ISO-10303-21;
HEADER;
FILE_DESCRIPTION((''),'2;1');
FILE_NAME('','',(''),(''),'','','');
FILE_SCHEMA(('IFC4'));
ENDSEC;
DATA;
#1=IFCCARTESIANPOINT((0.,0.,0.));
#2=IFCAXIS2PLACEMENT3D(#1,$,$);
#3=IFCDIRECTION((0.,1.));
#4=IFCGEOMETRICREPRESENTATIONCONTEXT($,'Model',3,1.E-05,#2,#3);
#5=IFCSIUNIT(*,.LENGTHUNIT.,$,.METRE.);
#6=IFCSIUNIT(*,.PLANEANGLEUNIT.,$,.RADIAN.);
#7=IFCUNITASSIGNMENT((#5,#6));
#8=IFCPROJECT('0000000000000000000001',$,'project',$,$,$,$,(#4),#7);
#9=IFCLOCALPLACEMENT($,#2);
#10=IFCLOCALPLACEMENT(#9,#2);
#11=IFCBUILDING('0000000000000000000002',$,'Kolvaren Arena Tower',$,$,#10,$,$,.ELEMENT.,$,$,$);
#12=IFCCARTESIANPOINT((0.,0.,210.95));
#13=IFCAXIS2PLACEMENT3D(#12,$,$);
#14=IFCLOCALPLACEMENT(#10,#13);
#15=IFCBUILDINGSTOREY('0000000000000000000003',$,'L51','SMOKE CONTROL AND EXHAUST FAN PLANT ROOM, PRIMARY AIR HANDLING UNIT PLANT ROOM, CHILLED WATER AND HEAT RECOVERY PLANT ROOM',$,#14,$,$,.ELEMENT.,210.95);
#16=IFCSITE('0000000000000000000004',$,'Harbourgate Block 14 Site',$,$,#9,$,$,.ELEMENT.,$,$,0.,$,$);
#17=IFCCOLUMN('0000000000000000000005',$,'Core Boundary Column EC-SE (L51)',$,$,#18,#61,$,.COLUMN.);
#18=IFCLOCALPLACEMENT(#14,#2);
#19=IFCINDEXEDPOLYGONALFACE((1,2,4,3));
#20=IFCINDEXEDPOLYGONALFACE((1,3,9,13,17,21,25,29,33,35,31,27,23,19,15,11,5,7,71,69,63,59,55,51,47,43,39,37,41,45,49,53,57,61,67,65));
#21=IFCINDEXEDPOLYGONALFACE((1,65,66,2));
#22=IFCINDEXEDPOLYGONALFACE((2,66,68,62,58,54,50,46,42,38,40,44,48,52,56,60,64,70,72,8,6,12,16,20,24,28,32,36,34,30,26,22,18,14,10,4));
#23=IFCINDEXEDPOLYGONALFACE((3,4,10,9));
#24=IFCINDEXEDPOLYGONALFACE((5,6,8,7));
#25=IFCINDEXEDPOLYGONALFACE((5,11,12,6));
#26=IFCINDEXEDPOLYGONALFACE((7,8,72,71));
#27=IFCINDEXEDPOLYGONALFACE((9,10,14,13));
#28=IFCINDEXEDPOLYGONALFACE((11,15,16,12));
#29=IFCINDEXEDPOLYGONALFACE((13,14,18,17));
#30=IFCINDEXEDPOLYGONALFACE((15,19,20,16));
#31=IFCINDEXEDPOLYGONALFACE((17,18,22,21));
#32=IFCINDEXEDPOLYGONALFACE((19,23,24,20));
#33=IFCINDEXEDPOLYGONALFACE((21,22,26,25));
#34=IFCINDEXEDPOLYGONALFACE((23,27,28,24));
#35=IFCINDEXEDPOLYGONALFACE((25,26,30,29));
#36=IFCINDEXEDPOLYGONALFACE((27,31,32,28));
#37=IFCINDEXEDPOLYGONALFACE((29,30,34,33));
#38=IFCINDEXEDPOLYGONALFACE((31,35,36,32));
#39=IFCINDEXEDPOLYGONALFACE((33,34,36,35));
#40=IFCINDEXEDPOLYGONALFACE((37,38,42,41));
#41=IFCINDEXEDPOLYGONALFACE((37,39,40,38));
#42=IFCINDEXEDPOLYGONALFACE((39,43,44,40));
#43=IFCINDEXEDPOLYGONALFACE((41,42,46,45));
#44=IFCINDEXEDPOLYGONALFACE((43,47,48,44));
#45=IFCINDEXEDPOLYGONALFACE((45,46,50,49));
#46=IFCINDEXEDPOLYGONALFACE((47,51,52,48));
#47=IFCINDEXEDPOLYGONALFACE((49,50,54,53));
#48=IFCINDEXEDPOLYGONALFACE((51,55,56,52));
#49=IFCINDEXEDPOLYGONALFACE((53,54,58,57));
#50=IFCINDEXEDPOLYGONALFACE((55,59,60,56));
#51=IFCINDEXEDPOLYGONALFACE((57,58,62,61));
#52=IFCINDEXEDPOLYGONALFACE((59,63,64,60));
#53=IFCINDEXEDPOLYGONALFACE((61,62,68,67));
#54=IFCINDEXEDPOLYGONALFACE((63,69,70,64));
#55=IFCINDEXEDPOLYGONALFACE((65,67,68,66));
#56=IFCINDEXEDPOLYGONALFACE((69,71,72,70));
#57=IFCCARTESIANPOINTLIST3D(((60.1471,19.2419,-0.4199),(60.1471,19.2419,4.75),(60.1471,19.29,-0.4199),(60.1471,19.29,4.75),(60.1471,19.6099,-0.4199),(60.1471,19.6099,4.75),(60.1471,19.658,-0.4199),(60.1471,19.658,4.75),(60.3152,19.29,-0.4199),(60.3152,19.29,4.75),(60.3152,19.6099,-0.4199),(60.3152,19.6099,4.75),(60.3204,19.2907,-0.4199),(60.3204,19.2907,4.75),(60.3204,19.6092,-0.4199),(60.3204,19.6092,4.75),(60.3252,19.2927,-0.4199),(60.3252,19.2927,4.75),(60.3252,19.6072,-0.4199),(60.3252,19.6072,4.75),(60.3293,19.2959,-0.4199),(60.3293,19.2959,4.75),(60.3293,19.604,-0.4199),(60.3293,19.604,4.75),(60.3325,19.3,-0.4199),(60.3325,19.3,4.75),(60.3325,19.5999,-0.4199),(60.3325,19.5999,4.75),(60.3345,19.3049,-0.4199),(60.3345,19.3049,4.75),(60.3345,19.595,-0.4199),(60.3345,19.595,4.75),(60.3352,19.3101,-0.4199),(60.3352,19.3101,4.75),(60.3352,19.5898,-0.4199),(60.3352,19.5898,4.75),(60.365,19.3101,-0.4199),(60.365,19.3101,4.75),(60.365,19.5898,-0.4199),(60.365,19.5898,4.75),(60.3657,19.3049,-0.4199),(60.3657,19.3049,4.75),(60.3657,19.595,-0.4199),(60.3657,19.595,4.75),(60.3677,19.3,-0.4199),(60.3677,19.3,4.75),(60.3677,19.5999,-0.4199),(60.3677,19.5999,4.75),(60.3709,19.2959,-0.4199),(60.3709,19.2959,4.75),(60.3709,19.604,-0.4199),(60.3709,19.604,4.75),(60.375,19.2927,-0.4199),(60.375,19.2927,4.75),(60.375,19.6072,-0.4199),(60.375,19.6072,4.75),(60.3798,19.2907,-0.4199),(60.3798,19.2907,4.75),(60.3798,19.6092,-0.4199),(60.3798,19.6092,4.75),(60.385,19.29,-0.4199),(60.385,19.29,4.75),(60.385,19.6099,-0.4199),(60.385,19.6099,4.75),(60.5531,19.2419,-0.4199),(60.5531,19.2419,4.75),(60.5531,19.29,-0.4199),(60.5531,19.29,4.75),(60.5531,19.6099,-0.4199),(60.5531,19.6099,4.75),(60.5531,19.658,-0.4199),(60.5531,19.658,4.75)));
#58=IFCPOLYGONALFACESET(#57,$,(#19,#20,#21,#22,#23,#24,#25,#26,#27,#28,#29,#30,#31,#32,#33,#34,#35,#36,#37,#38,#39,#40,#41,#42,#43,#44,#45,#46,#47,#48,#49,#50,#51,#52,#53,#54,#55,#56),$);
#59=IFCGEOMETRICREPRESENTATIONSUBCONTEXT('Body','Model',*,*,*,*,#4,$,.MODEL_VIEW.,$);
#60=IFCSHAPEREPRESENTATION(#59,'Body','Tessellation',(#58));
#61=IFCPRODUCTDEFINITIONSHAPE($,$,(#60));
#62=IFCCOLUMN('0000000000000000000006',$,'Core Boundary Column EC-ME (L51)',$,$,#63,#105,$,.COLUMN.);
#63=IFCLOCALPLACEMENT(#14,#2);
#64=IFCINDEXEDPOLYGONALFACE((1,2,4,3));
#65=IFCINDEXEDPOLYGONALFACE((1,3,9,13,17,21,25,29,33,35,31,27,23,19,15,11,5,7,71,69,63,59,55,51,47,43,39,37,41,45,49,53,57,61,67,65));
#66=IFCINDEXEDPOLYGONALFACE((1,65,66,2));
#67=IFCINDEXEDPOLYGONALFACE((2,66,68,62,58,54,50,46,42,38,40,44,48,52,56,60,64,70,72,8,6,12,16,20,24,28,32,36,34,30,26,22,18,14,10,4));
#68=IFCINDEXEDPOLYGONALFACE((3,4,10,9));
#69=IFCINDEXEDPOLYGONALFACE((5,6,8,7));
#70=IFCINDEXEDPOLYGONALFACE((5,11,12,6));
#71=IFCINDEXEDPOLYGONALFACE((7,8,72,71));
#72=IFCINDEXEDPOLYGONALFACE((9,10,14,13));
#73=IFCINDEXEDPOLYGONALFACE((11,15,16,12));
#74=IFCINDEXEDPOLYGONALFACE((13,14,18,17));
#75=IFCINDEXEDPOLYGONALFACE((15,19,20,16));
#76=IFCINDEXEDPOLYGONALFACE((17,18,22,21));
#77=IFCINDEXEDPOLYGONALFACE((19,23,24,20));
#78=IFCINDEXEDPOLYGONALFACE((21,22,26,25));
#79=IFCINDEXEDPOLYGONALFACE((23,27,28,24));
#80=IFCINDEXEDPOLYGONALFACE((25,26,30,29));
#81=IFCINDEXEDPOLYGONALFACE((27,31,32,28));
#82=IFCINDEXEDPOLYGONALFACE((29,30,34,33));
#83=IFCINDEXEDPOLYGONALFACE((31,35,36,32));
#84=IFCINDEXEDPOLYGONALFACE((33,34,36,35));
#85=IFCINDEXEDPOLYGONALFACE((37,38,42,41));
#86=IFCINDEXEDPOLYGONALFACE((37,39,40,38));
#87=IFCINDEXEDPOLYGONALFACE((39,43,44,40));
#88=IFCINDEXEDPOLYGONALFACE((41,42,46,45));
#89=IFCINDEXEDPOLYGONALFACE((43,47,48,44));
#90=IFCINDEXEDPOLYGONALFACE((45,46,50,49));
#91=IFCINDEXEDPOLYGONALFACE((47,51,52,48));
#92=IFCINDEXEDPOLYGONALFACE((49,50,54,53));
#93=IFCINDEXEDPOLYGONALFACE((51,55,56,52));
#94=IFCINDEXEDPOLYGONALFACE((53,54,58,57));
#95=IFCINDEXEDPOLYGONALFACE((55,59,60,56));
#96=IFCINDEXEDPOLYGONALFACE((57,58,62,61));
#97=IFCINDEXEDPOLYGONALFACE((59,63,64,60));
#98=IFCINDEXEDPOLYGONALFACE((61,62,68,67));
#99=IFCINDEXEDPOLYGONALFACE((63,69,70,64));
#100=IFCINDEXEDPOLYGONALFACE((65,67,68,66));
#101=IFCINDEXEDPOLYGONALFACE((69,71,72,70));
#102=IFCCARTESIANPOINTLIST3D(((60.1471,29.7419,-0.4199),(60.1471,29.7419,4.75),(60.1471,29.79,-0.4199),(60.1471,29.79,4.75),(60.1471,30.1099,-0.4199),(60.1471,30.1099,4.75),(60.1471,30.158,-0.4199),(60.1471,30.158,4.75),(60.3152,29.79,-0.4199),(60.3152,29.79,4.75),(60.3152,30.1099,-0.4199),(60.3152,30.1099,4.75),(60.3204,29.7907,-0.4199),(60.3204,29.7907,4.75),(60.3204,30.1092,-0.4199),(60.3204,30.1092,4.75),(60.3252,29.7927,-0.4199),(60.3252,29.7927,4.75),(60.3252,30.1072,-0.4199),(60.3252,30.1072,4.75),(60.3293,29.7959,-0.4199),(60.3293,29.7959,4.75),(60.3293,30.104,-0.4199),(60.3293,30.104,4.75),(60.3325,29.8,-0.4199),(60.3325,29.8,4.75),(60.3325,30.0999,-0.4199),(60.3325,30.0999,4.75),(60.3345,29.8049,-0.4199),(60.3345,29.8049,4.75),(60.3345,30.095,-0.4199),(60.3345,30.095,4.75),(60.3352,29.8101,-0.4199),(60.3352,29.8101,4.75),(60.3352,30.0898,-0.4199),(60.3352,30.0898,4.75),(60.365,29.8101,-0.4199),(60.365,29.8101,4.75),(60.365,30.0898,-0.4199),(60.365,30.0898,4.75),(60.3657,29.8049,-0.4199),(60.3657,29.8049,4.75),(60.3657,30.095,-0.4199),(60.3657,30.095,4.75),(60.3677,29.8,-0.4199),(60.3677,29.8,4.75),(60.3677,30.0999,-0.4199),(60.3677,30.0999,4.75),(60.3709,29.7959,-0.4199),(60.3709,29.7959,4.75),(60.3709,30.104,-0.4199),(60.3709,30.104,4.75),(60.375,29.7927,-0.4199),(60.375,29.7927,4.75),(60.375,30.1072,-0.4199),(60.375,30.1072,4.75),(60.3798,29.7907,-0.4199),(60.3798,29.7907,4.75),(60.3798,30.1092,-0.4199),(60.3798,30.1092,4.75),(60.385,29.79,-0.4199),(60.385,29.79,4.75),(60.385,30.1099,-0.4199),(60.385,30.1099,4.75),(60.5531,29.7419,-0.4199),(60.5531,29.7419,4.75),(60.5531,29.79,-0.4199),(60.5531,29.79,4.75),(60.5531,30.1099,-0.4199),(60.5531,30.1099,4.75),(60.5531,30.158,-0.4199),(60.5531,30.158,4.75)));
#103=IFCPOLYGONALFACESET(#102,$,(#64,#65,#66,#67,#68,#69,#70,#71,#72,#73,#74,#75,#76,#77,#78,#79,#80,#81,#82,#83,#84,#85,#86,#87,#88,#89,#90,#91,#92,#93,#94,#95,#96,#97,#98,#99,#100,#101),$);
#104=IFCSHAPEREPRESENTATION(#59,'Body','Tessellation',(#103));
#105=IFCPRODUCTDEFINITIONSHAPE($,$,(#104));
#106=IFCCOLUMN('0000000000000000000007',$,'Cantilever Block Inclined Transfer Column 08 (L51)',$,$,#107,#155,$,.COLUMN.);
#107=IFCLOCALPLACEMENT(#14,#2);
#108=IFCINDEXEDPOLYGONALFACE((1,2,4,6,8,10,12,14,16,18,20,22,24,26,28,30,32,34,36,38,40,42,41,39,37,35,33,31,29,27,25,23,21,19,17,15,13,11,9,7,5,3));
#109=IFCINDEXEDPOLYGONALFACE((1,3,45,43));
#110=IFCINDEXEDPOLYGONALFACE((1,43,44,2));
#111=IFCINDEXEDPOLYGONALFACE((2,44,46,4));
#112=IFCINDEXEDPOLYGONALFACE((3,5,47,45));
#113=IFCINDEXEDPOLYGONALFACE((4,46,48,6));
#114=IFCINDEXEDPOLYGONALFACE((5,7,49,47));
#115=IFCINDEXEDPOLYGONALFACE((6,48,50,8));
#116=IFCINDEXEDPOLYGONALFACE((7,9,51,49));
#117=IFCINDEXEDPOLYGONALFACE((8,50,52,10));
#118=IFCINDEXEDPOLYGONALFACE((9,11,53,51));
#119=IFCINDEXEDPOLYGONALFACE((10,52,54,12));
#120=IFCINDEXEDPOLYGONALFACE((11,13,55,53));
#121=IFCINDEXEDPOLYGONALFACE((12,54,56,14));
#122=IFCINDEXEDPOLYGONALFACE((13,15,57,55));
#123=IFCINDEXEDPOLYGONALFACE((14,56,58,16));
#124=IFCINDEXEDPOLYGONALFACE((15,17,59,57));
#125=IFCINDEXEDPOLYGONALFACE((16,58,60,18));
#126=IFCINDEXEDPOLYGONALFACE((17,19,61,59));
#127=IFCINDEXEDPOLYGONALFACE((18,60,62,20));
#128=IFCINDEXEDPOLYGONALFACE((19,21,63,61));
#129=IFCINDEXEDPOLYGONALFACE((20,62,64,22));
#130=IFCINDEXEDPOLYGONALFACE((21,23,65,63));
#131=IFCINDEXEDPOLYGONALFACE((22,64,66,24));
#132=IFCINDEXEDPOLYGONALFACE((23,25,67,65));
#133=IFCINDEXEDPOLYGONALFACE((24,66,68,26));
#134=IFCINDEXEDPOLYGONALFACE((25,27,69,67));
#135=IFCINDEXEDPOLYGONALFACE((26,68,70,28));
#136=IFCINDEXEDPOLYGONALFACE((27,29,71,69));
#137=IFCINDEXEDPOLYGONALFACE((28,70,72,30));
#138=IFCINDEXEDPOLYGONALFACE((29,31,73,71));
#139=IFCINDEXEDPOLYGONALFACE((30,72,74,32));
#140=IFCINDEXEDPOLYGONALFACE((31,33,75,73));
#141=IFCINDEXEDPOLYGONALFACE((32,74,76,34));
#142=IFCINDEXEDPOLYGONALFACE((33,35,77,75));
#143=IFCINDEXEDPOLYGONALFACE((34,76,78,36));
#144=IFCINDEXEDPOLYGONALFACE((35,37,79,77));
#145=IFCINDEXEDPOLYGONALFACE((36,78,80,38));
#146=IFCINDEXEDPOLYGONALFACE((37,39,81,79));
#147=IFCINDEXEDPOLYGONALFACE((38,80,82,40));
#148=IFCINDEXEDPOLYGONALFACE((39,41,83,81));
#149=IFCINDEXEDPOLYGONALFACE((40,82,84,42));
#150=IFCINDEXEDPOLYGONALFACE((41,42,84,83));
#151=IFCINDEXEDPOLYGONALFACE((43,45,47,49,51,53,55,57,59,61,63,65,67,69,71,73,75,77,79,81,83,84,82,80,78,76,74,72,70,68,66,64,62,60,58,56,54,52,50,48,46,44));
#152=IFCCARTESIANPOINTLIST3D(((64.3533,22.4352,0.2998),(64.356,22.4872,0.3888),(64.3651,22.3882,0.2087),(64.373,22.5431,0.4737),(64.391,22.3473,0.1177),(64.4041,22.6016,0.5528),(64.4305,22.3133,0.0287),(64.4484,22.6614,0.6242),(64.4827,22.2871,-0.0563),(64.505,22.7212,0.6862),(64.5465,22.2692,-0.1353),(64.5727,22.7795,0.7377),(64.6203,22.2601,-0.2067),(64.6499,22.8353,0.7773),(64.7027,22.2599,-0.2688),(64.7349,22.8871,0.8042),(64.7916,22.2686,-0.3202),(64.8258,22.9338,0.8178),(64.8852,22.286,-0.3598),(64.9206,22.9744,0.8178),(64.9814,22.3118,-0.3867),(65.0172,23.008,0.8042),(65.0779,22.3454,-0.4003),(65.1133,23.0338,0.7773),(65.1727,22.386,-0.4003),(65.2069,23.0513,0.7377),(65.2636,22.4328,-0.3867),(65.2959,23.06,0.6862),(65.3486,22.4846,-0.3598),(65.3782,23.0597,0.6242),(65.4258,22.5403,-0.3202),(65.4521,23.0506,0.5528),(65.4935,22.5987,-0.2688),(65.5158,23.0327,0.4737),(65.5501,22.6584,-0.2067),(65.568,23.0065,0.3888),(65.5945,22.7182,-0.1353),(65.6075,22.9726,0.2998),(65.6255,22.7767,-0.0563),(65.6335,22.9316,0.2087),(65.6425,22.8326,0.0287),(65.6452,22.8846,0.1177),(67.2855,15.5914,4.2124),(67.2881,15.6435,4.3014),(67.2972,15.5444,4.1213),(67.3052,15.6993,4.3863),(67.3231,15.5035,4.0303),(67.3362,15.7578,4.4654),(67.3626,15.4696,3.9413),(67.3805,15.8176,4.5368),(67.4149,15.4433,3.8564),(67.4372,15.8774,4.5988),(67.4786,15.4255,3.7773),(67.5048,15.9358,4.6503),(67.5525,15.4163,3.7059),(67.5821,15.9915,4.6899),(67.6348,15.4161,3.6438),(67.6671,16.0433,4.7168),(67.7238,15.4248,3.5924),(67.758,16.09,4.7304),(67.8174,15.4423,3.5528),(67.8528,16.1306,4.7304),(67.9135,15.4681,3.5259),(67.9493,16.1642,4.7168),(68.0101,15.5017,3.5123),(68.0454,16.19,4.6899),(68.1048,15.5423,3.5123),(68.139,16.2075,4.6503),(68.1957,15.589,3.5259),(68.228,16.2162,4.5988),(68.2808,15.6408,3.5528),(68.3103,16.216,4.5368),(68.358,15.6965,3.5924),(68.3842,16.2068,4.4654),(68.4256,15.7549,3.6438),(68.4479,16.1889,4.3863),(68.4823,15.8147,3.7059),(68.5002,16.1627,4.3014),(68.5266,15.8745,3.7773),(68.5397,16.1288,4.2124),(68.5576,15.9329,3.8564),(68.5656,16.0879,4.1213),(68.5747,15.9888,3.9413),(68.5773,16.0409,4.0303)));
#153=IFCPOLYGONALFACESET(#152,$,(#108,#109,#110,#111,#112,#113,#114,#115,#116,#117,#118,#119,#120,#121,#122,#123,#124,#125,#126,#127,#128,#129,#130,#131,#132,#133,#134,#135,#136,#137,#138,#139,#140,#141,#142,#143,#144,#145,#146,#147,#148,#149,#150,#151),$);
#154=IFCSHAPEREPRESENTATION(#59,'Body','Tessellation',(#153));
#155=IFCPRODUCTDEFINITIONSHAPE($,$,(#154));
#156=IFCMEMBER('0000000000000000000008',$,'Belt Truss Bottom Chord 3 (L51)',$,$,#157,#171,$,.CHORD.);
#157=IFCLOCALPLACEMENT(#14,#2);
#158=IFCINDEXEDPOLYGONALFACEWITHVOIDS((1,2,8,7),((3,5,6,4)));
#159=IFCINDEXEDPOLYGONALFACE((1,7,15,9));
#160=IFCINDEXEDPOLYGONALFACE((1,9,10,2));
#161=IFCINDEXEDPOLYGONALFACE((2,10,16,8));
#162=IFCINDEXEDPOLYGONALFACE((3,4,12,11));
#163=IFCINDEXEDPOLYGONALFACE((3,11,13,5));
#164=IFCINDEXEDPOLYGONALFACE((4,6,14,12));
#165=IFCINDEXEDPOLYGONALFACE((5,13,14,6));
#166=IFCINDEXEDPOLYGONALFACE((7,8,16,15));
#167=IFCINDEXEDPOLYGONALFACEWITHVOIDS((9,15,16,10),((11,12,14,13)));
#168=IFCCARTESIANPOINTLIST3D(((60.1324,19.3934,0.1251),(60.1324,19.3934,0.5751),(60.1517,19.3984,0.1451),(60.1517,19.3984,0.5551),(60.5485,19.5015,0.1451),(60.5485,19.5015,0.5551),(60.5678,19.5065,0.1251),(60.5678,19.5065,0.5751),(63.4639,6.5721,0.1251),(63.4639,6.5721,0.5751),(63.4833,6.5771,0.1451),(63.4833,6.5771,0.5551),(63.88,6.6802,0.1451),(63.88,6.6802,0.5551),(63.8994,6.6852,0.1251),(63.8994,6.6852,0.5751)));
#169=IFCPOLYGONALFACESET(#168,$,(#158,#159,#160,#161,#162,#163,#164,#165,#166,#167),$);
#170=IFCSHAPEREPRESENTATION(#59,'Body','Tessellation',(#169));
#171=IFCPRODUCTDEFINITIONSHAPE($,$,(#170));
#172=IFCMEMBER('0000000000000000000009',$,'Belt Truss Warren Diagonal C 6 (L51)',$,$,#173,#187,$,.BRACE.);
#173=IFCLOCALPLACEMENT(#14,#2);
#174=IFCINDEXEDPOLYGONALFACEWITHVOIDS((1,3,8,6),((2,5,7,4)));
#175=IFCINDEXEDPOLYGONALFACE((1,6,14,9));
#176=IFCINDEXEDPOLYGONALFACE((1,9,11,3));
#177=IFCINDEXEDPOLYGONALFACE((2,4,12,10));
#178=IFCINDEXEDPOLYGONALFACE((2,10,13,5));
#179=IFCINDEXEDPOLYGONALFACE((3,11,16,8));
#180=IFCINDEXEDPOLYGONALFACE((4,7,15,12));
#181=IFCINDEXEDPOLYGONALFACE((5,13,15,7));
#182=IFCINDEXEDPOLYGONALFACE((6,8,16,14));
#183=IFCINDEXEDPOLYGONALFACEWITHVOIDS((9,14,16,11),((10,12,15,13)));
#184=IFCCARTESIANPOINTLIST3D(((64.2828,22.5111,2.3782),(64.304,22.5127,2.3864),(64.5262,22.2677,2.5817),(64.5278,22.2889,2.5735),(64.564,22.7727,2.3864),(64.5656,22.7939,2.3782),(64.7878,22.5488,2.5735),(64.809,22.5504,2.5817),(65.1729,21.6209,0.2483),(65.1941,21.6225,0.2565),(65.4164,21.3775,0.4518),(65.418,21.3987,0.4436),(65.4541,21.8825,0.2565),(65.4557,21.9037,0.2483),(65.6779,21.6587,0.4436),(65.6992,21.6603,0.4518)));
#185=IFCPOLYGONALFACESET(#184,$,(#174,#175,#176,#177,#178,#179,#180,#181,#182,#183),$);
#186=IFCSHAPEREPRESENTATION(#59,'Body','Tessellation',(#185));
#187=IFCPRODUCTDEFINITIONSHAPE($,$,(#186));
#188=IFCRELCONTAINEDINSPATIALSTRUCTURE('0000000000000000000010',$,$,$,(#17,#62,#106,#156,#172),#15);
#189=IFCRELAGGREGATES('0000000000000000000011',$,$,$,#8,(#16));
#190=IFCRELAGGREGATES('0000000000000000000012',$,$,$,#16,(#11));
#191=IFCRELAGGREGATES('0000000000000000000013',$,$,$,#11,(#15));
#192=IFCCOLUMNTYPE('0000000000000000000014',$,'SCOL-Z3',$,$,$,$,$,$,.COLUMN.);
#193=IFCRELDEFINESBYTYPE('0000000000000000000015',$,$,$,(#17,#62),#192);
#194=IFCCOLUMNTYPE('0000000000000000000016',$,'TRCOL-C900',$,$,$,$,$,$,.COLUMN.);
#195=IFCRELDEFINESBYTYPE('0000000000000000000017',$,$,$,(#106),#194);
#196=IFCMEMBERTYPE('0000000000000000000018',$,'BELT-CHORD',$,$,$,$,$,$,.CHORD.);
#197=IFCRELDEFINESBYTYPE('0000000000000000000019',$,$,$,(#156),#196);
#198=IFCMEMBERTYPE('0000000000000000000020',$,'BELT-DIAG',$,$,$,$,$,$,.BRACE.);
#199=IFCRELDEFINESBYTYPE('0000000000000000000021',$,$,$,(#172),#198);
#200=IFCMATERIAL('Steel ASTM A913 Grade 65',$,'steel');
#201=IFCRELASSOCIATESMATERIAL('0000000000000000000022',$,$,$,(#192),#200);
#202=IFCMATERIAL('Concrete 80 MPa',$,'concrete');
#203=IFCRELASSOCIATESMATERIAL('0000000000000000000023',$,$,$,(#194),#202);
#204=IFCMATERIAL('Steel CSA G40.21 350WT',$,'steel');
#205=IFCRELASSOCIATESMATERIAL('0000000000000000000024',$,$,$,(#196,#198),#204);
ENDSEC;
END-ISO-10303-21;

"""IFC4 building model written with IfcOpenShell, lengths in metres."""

from ifc_helpers import new_model, si_unit, direction, frame, origin, origin_2d, place, context, subcontext, project, spatial, hollow_rectangle, circle, i_section, extrude, material, material_profile, profile_set, type_object, element, save


model = new_model("IFC4")

# Units and contexts
model_context = context("Model", 3, precision=1e-05, world=origin(), true_north=direction((0.0, 1.0)))
body_context = subcontext(model_context, "Body", "Model", "MODEL_VIEW")
ifc_project = project(units=[si_unit("LENGTHUNIT", "METRE"), si_unit("PLANEANGLEUNIT", "RADIAN")], contexts=[model_context])

# Site, building, storey
site_placement = place(None, origin())
site = spatial("IfcSite", under=ifc_project, at=site_placement, Name="Harbourgate Block 14 Site", CompositionType="ELEMENT", RefElevation=0.0)
building_placement = place(site_placement, origin())
building = spatial("IfcBuilding", under=site, at=building_placement, Name="Kolvaren Arena Tower", CompositionType="ELEMENT")
storey_placement = place(building_placement, frame((0.0, 0.0, 210.95)))
storey = spatial("IfcBuildingStorey", under=building, at=storey_placement, Name="L51", Description="SMOKE CONTROL AND EXHAUST FAN PLANT ROOM, PRIMARY AIR HANDLING UNIT PLANT ROOM, CHILLED WATER AND HEAT RECOVERY PLANT ROOM", CompositionType="ELEMENT", Elevation=210.95)

# Columns
ifc_material_1 = material(Name="Steel ASTM A913 Grade 65", Category="steel")
ifc_material_profile_1 = material_profile(ifc_material_1, i_section(OverallWidth=0.406, OverallDepth=0.416, WebThickness=0.0298, FlangeThickness=0.0481, FilletRadius=0.02, at=origin_2d()), Name="W360x382")
ifc_profile_set_1 = profile_set([ifc_material_profile_1], Name="Steel ASTM A913 Grade 65")
column_type_1 = type_object("IfcColumnType", Name="SCOL-Z3", PredefinedType="COLUMN", material=ifc_profile_set_1)
for number, where, z_axis, x_axis, name in (
    (1, (60.3501, 19.45, -0.4199), (0.0, 0.0, 1.0), (1.0, 0.0, 0.0), "Core Boundary Column EC-SE (L51)"),
    (2, (60.3501, 29.95, -0.4199), (0.0, 0.0, 1.0), (1.0, 0.0, 0.0), "Core Boundary Column EC-ME (L51)"),
):
    element("IfcColumn", number, at=place(storey_placement, frame(where, z_axis=z_axis, x_axis=x_axis)), inside=storey, type_object=column_type_1, Name=name, PredefinedType="COLUMN", context=body_context, shape_type="SweptSolid", body=[
        extrude(i_section(OverallWidth=0.406, OverallDepth=0.416, WebThickness=0.0298, FlangeThickness=0.0481, FilletRadius=0.02, at=origin_2d()), origin(), (0.0, 0.0, 1.0), 5.1699),
    ])
ifc_material_2 = material(Name="Concrete 80 MPa", Category="concrete")
ifc_material_profile_2 = material_profile(ifc_material_2, circle(Radius=0.6899, at=origin_2d()), Name="RC-CIRC-1380")
ifc_profile_set_2 = profile_set([ifc_material_profile_2], Name="Concrete 80 MPa")
column_type_2 = type_object("IfcColumnType", Name="TRCOL-C900", PredefinedType="COLUMN", material=ifc_profile_set_2)
column_placement = place(storey_placement, frame((64.9993, 22.6599, 0.2087), z_axis=(0.348612, -0.813679, 0.465184), x_axis=(0.919189, 0.393816, 0.0)))
element("IfcColumn", 3, at=column_placement, inside=storey, type_object=column_type_2, Name="Cantilever Block Inclined Transfer Column 08 (L51)", PredefinedType="COLUMN", context=body_context, shape_type="SweptSolid", body=[
    extrude(circle(Radius=0.6899, at=origin_2d()), origin(), (0.0, 0.0, 1.0), 8.4109),
])

# Members
ifc_material_3 = material(Name="Steel CSA G40.21 350WT", Category="steel")
ifc_material_profile_3 = material_profile(ifc_material_3, hollow_rectangle(XDim=0.45, YDim=0.45, WallThickness=0.02, at=origin_2d()), Name="HSS 450x450x20")
ifc_profile_set_3 = profile_set([ifc_material_profile_3], Name="Steel CSA G40.21 350WT")
member_type_1 = type_object("IfcMemberType", Name="BELT-CHORD", PredefinedType="CHORD", material=ifc_profile_set_3)
member_1_placement = place(storey_placement, frame((60.3501, 19.45, 0.3501), z_axis=(0.251493, -0.967859, 0.0), x_axis=(0.967859, 0.251493, 0.0)))
element("IfcMember", 4, at=member_1_placement, inside=storey, type_object=member_type_1, Name="Belt Truss Bottom Chord 3 (L51)", PredefinedType="CHORD", context=body_context, shape_type="SweptSolid", body=[
    extrude(hollow_rectangle(XDim=0.45, YDim=0.45, WallThickness=0.02, at=origin_2d()), origin(), (0.0, 0.0, 1.0), 13.2471),
])
ifc_material_profile_4 = material_profile(ifc_material_3, hollow_rectangle(XDim=0.3999, YDim=0.3999, WallThickness=0.0161, at=origin_2d()), Name="HSS 400x400x16")
ifc_profile_set_4 = profile_set([ifc_material_profile_4], Name="Steel CSA G40.21 350WT")
member_type_2 = type_object("IfcMemberType", Name="BELT-DIAG", PredefinedType="BRACE", material=ifc_profile_set_4)
member_2_placement = place(storey_placement, frame((64.5459, 22.5308, 2.48), z_axis=(0.359784, -0.359784, -0.860878), x_axis=(0.707107, 0.707107, 0.0)))
element("IfcMember", 5, at=member_2_placement, inside=storey, type_object=member_type_2, Name="Belt Truss Warren Diagonal C 6 (L51)", PredefinedType="BRACE", context=body_context, shape_type="SweptSolid", body=[
    extrude(hollow_rectangle(XDim=0.3999, YDim=0.3999, WallThickness=0.0161, at=origin_2d()), origin(), (0.0, 0.0, 1.0), 2.4741),
])

save(model, "model.ifc")
